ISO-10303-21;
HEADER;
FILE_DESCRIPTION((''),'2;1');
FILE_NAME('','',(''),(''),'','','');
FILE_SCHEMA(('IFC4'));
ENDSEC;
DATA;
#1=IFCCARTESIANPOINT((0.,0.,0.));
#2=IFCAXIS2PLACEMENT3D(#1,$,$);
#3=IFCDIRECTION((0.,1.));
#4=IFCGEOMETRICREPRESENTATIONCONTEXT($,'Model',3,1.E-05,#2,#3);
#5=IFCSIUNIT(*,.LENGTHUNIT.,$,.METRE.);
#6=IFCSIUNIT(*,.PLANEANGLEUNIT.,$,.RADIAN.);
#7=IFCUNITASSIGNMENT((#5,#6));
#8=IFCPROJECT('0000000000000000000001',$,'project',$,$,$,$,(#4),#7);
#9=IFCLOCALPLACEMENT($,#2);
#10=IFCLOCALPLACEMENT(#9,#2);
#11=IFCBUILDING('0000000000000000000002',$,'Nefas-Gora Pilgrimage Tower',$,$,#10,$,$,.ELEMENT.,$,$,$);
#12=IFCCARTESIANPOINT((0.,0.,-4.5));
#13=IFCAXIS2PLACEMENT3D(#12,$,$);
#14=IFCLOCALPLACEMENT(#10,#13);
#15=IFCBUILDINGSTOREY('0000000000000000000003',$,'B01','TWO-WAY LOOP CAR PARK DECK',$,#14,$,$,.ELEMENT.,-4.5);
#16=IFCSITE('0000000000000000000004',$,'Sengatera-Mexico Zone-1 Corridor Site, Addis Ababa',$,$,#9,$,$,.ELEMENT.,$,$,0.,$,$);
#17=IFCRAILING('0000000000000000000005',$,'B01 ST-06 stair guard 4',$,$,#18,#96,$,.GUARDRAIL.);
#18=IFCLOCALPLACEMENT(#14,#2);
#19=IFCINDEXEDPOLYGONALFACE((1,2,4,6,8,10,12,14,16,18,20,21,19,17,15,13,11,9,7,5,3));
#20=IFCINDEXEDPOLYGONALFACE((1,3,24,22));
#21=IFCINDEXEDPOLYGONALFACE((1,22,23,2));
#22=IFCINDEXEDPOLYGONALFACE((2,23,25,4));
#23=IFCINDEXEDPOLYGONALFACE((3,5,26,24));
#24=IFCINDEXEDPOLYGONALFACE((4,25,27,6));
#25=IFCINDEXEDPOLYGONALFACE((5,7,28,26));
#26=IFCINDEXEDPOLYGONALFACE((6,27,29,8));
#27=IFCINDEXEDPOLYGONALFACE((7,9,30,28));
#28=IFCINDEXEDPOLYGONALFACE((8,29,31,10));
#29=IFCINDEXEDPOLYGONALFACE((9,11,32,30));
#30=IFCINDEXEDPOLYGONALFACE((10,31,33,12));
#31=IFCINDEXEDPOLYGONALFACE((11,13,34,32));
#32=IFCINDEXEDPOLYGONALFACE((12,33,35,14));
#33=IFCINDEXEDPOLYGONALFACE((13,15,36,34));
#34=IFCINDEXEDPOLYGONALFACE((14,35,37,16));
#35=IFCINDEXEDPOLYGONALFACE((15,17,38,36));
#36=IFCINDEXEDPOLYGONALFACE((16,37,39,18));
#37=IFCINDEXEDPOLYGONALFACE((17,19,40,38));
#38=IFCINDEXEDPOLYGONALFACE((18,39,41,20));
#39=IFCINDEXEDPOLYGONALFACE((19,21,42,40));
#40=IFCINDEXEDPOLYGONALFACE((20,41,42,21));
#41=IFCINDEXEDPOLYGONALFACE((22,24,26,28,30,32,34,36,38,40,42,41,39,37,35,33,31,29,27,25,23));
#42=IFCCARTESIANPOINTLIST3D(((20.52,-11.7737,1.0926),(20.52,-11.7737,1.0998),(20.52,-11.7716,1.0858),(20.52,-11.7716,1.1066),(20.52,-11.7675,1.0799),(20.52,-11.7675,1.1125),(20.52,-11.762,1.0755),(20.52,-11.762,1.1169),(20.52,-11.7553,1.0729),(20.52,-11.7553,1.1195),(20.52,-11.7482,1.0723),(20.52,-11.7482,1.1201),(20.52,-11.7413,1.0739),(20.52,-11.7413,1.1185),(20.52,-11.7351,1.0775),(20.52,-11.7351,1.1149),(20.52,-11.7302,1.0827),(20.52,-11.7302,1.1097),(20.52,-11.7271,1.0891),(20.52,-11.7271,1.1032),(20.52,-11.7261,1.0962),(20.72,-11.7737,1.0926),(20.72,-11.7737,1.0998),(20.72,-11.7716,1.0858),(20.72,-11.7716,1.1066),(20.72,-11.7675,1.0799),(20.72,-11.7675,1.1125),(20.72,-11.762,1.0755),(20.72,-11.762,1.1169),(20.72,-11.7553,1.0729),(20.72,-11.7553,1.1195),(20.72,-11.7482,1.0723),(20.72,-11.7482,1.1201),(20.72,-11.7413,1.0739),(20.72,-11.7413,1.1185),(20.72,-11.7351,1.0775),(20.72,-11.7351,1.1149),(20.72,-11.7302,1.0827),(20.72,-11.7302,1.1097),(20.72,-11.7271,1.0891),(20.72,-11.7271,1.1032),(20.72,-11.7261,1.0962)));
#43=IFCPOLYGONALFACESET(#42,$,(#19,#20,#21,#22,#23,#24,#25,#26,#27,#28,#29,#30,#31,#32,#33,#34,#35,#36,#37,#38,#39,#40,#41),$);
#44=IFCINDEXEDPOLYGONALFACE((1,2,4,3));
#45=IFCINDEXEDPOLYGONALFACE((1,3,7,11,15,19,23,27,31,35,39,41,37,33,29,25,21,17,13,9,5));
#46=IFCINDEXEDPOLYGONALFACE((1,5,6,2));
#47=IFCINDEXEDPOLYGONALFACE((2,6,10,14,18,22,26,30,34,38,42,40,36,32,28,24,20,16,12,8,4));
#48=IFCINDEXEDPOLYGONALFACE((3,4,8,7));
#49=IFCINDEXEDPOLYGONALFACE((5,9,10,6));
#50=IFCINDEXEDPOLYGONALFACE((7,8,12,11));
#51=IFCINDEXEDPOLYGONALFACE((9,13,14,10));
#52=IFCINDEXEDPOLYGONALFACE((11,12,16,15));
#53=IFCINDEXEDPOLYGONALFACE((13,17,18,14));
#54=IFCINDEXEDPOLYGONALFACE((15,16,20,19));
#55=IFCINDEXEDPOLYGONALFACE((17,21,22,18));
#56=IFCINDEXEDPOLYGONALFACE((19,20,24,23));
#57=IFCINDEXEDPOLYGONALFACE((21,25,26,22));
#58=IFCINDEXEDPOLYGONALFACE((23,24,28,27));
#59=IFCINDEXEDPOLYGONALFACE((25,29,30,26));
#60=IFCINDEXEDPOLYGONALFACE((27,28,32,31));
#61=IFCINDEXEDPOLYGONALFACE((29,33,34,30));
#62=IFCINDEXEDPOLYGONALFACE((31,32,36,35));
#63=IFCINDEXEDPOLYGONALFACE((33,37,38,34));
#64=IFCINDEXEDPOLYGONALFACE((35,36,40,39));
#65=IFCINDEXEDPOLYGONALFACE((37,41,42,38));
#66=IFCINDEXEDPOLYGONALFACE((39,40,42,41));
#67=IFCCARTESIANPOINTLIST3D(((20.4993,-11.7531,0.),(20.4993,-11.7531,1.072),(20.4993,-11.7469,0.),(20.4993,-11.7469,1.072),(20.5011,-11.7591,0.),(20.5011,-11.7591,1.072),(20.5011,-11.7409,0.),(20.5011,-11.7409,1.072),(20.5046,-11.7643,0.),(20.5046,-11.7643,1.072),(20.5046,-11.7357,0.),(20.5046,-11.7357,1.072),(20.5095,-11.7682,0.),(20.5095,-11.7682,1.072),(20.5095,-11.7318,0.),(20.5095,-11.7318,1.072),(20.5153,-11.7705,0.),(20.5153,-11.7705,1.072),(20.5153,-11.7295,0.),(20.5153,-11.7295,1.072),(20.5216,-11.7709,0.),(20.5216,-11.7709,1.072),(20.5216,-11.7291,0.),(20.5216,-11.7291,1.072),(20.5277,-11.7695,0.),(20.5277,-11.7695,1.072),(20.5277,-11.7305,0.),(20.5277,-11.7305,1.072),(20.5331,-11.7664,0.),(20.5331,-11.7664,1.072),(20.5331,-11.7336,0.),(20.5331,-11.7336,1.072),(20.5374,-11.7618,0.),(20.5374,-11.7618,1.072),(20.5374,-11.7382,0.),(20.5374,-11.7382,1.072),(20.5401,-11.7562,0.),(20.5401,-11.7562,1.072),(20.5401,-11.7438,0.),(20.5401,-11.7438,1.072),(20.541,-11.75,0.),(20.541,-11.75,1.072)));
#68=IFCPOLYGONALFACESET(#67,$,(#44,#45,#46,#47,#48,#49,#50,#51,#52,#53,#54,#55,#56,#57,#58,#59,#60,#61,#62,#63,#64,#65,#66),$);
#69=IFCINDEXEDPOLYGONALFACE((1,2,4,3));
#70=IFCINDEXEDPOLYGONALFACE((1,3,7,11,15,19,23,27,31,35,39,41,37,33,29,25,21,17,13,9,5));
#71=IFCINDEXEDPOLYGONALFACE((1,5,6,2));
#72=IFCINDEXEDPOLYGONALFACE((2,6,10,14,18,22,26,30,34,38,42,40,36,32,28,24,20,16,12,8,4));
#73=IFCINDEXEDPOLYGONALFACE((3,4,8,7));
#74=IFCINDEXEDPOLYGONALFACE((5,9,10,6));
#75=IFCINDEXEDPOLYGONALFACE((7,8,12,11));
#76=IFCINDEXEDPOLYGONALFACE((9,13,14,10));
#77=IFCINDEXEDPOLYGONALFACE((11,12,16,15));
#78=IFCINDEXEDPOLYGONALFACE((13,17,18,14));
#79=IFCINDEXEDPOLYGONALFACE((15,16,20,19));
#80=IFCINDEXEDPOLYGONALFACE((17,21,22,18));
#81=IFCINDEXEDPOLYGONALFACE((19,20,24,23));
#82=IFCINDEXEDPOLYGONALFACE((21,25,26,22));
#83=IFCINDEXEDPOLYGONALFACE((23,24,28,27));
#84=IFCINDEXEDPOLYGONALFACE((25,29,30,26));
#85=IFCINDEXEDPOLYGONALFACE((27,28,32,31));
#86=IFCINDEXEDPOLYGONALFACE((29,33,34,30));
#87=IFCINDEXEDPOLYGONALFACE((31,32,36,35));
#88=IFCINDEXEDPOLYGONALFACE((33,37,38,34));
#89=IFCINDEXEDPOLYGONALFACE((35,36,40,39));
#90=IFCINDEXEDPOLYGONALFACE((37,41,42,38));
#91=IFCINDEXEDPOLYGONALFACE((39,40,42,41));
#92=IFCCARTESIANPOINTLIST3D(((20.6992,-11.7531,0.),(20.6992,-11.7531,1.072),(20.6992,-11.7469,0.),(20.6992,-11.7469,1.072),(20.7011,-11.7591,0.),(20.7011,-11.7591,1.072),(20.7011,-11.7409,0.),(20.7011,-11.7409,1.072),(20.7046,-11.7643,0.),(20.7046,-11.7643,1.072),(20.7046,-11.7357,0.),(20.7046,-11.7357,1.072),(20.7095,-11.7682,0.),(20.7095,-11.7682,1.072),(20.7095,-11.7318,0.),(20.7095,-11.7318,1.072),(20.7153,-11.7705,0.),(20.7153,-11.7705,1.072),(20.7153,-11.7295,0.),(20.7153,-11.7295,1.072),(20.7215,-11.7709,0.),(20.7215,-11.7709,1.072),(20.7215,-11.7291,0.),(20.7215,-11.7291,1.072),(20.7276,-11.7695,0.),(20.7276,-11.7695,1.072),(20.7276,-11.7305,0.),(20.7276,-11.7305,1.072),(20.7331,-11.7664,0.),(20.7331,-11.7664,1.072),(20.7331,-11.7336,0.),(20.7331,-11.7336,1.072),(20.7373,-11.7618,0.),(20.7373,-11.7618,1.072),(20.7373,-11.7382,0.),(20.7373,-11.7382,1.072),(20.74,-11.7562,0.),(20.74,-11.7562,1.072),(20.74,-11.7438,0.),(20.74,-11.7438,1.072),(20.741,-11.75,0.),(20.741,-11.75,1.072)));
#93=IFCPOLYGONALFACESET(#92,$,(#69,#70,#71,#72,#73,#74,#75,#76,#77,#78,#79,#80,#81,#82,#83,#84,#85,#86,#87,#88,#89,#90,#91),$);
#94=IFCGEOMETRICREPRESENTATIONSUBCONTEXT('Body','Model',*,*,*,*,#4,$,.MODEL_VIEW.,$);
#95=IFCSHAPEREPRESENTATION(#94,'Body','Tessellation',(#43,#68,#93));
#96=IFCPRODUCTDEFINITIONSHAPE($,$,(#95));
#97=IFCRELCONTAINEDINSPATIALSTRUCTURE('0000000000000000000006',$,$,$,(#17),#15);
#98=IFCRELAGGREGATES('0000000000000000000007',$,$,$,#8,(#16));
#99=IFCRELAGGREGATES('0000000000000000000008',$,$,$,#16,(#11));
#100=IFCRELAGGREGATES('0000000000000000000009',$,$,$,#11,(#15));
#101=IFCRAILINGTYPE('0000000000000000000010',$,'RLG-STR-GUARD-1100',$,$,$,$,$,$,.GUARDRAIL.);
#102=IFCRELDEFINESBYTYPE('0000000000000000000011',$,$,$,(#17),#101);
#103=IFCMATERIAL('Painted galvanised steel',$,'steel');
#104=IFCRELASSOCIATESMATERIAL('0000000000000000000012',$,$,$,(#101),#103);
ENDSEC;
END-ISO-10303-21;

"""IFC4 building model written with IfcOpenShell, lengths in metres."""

from ifc_helpers import new_model, si_unit, direction, frame, origin, origin_2d, place, context, subcontext, project, spatial, circle, extrude, material, type_object, element, save


model = new_model("IFC4")

# Units and contexts
model_context = context("Model", 3, precision=1e-05, world=origin(), true_north=direction((0.0, 1.0)))
body_context = subcontext(model_context, "Body", "Model", "MODEL_VIEW")
ifc_project = project(units=[si_unit("LENGTHUNIT", "METRE"), si_unit("PLANEANGLEUNIT", "RADIAN")], contexts=[model_context])

# Site, building, storey
site_placement = place(None, origin())
site = spatial("IfcSite", under=ifc_project, at=site_placement, Name="Sengatera-Mexico Zone-1 Corridor Site, Addis Ababa", CompositionType="ELEMENT", RefElevation=0.0)
building_placement = place(site_placement, origin())
building = spatial("IfcBuilding", under=site, at=building_placement, Name="Nefas-Gora Pilgrimage Tower", CompositionType="ELEMENT")
storey_placement = place(building_placement, frame((0.0, 0.0, -4.5)))
storey = spatial("IfcBuildingStorey", under=building, at=storey_placement, Name="B01", Description="TWO-WAY LOOP CAR PARK DECK", CompositionType="ELEMENT", Elevation=-4.5)

# Railing
ifc_material_1 = material(Name="Painted galvanised steel", Category="steel")
railing_type_1 = type_object("IfcRailingType", Name="RLG-STR-GUARD-1100", PredefinedType="GUARDRAIL", material=ifc_material_1)
railing_1_placement = place(storey_placement, frame((20.52, -11.75, 0.0)))
element("IfcRailing", 1, at=railing_1_placement, inside=storey, type_object=railing_type_1, Name="B01 ST-06 stair guard 4", PredefinedType="GUARDRAIL", context=body_context, shape_type="SweptSolid", body=[
    extrude(circle(Radius=0.0239, at=origin_2d()), frame((0.0, 0.0, 1.0962), z_axis=(1.0, 0.0, 0.0), x_axis=(0.0, 1.0, 0.0)), (0.0, 0.0, 1.0), 0.2),
    extrude(circle(Radius=0.021, at=origin_2d()), origin(), (0.0, 0.0, 1.0), 1.072),
    extrude(circle(Radius=0.021, at=origin_2d()), frame((0.2, 0.0, 0.0)), (0.0, 0.0, 1.0), 1.072),
])

save(model, "model.ifc")
